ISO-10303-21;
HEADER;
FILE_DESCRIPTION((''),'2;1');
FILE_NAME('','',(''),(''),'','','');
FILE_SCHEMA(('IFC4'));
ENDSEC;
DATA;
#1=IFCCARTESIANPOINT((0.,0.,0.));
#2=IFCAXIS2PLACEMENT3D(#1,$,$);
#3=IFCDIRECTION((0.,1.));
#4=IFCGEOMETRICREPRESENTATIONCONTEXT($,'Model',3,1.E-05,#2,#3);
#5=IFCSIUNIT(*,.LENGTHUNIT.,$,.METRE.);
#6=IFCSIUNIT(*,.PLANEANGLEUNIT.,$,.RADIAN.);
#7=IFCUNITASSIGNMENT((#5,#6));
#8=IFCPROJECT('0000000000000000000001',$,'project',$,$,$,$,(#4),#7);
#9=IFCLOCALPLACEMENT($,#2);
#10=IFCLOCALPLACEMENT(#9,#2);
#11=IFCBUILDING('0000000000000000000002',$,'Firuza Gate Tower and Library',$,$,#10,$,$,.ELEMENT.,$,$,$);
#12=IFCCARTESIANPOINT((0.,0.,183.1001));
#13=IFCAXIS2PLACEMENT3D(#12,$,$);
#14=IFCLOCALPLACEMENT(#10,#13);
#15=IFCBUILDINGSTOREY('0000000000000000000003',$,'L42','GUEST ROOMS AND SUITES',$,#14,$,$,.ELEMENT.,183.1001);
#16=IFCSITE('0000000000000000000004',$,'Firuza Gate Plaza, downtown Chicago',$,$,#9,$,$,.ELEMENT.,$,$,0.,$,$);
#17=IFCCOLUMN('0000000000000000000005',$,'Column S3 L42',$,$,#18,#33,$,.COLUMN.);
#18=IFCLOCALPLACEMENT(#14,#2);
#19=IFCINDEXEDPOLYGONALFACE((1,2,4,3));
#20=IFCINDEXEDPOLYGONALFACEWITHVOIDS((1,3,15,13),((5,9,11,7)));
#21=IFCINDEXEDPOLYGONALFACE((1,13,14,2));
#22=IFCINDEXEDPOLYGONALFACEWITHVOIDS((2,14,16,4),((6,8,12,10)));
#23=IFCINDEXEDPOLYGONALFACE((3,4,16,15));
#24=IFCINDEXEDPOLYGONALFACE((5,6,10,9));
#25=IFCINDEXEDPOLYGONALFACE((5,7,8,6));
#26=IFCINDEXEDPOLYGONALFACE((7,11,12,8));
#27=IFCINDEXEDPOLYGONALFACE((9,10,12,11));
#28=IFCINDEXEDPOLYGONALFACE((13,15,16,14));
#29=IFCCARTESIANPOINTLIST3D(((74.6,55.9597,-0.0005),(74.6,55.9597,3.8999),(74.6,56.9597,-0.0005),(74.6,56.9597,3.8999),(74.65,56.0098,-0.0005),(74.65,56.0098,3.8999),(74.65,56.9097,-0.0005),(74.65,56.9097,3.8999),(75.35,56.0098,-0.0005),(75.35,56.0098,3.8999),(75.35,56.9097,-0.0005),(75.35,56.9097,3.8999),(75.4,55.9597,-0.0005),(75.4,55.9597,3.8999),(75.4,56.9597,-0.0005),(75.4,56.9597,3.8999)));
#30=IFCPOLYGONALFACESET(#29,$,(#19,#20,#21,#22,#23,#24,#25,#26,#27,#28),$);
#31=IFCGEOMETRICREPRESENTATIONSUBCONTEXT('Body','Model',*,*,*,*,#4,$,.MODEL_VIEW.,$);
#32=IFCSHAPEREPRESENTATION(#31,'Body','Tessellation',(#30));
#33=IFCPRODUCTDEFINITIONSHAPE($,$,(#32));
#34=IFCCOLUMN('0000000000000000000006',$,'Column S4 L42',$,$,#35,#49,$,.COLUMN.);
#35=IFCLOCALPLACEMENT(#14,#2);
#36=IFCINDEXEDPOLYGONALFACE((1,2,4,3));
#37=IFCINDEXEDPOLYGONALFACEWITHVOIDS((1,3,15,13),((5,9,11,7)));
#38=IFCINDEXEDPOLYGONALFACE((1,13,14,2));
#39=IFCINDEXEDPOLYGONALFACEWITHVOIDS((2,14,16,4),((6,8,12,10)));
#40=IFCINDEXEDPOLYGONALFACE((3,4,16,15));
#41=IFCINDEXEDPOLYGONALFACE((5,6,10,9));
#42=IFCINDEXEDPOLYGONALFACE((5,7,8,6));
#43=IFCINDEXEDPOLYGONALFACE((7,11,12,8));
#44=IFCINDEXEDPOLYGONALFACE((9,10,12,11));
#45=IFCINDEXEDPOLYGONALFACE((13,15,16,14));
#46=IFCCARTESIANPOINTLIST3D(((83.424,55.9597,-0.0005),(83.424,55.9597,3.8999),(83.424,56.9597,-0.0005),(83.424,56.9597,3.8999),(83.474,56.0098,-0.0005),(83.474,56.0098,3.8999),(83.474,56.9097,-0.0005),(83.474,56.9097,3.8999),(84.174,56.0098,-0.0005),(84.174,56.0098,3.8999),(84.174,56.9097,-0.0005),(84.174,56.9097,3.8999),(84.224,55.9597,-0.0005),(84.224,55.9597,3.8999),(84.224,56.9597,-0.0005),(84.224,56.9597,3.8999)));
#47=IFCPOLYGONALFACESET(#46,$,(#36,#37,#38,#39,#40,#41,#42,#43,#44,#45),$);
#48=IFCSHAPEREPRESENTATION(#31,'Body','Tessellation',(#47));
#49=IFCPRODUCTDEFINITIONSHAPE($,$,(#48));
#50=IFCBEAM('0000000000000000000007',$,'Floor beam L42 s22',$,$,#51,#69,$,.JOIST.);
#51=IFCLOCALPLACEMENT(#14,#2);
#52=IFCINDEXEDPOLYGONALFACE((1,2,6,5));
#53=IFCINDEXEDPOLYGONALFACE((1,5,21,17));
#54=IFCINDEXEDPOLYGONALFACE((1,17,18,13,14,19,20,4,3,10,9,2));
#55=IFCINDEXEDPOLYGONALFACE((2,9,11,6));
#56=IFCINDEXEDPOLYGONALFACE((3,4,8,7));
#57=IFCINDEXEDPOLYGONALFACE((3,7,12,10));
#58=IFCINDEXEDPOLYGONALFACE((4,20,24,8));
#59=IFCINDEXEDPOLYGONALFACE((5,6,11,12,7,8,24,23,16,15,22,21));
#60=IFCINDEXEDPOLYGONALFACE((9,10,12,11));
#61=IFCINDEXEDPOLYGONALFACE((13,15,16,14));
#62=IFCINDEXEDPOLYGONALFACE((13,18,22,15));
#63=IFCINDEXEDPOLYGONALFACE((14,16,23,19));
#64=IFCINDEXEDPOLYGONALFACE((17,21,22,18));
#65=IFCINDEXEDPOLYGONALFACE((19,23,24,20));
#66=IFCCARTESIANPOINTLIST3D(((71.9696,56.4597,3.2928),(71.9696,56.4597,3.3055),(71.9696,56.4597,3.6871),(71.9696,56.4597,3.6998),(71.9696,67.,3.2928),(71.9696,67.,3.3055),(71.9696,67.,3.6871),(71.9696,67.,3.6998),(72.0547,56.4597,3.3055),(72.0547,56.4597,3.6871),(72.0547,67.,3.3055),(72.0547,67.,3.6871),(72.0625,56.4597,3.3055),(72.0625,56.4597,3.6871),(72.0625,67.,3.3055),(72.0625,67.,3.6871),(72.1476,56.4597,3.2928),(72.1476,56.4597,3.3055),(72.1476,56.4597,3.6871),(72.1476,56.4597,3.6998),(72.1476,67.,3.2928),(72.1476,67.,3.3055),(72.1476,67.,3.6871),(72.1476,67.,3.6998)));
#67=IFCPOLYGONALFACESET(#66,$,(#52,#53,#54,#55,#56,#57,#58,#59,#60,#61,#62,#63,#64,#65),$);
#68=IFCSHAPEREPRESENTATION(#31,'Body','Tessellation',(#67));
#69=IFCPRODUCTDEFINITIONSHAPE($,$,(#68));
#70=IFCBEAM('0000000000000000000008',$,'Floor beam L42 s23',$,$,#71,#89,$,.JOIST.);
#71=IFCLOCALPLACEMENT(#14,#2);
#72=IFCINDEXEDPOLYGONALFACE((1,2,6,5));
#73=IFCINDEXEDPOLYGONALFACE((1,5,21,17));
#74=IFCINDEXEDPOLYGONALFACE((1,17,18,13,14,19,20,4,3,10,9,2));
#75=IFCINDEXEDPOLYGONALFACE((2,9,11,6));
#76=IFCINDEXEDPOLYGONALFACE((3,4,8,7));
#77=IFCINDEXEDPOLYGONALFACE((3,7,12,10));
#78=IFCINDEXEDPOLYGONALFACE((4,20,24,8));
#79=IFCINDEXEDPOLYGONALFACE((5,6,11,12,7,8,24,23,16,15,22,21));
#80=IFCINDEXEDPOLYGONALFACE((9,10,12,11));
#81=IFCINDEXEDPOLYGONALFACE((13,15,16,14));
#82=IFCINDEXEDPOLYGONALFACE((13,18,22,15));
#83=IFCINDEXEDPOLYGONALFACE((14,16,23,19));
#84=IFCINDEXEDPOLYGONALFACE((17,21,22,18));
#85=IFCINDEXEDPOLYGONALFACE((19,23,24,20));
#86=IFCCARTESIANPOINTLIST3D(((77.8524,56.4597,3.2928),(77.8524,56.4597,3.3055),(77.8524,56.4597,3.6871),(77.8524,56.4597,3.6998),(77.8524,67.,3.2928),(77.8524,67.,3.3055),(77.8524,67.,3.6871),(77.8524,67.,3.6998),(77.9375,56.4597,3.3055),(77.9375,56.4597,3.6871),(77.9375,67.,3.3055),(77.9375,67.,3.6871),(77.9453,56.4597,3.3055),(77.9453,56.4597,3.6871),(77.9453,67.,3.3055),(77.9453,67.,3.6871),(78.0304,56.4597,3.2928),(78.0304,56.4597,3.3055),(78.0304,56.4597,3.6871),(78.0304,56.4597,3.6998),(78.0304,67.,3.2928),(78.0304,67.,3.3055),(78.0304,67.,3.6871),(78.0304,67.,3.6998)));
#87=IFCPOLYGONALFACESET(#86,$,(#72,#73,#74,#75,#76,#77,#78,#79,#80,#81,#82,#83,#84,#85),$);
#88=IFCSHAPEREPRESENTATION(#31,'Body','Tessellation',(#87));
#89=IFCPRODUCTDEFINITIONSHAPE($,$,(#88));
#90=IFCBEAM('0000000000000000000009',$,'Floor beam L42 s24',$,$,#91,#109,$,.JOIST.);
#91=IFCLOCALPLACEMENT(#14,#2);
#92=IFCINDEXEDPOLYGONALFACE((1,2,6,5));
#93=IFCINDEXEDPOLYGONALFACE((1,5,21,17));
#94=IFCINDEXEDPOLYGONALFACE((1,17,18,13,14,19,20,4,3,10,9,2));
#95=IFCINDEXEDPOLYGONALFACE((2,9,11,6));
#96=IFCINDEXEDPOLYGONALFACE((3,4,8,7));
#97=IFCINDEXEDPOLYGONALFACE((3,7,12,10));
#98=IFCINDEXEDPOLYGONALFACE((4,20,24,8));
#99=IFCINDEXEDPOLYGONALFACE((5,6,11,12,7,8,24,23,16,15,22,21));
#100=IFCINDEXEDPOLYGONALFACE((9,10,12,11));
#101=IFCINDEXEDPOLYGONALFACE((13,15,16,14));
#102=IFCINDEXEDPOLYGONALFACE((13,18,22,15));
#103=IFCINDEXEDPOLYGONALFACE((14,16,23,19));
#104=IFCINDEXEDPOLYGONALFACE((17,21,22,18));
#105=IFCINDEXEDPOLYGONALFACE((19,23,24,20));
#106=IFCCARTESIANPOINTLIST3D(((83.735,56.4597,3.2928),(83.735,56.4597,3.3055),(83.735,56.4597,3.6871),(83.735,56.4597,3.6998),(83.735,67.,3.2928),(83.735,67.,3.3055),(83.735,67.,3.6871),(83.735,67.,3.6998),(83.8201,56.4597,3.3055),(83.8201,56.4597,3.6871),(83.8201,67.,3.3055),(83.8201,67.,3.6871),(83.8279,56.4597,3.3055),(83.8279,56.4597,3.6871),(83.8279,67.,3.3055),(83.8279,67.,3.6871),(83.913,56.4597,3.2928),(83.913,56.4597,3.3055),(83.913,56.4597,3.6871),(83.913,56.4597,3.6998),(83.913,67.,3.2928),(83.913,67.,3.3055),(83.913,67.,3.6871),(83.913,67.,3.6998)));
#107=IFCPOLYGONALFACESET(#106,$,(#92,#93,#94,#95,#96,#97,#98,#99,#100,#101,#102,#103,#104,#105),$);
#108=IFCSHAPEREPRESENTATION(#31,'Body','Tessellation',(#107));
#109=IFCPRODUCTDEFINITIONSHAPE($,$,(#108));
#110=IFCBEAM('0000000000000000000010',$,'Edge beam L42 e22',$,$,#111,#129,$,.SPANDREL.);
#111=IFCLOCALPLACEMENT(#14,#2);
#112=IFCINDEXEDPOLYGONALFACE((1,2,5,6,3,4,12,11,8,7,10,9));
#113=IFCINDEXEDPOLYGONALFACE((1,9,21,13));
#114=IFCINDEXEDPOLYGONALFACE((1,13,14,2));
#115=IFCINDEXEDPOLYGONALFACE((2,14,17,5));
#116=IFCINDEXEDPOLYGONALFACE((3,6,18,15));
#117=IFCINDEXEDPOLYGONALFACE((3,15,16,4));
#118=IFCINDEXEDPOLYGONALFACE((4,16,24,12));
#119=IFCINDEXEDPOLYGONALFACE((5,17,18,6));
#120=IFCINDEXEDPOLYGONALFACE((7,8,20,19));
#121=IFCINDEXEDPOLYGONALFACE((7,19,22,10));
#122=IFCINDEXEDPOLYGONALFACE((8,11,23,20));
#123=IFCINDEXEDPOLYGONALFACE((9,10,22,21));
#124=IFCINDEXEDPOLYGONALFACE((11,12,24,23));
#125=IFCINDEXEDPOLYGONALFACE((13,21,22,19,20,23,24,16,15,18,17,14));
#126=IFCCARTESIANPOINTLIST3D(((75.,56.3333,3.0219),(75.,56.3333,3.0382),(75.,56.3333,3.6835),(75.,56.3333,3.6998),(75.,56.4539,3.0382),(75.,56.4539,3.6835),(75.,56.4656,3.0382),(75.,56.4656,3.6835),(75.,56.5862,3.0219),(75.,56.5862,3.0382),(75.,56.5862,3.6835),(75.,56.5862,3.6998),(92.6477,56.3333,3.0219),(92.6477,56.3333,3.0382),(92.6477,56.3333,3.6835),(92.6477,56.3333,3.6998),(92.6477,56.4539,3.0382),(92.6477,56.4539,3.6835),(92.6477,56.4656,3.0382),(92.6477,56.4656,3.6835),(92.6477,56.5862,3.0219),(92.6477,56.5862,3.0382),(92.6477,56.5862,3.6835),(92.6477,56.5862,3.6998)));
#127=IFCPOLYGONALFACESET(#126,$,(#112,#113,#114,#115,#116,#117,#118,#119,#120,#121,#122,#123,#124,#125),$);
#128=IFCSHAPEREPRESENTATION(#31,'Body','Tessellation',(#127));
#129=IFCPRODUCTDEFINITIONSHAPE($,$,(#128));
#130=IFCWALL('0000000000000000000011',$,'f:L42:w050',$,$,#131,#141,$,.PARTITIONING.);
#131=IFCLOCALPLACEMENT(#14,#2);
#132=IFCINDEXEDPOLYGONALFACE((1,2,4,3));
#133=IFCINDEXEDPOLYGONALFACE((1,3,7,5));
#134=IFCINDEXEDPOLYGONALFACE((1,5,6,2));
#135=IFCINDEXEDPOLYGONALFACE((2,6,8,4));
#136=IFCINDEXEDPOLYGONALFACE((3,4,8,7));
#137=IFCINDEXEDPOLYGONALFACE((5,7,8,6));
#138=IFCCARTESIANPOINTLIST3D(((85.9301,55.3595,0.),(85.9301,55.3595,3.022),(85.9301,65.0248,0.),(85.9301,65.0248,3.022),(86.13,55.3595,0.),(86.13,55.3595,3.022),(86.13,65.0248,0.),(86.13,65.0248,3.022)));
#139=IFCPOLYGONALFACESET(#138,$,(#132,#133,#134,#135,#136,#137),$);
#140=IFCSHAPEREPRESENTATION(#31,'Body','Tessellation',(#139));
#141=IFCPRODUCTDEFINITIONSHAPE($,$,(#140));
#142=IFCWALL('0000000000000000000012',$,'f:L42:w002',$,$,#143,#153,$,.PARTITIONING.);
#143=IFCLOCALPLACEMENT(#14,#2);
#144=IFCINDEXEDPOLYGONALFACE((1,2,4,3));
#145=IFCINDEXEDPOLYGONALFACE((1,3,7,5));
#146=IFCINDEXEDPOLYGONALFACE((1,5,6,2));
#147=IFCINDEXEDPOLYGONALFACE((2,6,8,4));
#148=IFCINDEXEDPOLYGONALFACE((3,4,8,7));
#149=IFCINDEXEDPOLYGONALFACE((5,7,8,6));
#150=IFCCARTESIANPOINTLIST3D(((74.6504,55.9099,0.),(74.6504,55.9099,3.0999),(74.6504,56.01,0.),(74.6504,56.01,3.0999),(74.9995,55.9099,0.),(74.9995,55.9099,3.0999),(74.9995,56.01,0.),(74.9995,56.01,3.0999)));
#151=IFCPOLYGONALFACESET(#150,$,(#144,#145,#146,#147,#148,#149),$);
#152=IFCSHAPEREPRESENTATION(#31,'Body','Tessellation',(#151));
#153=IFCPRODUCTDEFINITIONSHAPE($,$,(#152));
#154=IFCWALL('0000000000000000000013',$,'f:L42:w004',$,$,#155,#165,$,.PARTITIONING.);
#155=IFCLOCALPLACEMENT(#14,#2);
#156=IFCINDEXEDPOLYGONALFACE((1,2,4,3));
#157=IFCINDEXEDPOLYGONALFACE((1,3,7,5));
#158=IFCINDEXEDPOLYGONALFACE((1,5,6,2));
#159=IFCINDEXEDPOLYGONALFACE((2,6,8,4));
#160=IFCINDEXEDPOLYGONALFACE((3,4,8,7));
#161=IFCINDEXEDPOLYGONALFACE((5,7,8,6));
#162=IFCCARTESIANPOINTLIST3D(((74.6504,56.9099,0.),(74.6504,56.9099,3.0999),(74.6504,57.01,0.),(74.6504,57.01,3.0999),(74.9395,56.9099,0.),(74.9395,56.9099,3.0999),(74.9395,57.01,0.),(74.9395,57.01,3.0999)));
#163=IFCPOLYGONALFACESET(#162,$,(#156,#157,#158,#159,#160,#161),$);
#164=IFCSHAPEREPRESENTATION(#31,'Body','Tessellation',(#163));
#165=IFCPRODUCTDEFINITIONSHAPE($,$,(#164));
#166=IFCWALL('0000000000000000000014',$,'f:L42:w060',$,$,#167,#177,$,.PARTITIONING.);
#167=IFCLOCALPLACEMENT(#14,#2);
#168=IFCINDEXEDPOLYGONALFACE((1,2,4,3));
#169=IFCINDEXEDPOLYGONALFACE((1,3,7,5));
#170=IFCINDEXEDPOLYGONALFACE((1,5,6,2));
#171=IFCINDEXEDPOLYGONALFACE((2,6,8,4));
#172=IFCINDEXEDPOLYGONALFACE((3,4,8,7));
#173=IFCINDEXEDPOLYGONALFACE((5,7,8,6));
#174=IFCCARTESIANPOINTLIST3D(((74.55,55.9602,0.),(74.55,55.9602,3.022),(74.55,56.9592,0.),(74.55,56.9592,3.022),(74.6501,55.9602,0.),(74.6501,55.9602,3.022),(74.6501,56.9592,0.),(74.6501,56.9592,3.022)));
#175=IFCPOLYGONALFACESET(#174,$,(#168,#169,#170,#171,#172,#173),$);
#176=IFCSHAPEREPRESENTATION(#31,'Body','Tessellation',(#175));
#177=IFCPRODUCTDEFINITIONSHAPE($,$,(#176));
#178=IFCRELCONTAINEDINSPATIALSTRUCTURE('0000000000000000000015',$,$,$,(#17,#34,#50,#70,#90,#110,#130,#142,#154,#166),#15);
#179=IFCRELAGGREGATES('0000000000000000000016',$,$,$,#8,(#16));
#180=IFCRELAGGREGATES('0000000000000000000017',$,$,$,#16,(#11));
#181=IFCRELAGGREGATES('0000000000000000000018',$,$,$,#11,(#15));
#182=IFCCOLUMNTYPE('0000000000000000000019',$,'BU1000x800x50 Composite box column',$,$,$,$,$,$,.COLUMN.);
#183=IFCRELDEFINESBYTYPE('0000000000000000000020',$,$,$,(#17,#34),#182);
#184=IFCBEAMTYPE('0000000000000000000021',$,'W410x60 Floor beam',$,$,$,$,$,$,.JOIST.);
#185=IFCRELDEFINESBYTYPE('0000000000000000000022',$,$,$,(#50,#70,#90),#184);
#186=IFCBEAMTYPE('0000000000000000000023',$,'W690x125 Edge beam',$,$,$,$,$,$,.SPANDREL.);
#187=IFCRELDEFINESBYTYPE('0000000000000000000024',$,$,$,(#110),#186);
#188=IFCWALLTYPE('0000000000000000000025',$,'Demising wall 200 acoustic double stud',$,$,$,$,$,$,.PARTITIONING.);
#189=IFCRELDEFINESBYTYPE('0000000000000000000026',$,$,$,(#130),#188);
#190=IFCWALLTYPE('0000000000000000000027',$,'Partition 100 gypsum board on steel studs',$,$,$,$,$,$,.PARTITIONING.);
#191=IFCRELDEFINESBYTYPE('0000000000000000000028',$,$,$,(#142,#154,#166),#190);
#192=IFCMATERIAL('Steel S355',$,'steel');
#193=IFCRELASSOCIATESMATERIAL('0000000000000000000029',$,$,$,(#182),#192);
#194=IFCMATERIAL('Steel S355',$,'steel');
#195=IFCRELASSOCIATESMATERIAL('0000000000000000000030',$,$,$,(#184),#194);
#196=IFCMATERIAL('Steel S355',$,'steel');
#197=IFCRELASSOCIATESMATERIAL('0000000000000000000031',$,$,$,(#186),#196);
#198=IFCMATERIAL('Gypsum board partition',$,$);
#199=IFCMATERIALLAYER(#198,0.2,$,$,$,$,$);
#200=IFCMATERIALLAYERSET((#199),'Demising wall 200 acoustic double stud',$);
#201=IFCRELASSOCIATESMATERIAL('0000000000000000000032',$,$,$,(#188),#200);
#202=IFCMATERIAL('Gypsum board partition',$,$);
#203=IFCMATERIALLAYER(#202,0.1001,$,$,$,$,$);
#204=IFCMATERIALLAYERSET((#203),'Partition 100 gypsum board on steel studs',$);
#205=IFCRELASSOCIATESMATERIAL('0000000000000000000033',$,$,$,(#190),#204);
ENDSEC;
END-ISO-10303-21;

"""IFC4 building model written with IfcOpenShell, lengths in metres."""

from ifc_helpers import new_model, si_unit, direction, frame, frame_2d, origin, origin_2d, place, context, subcontext, project, spatial, rectangle, hollow_rectangle, i_section, extrude, material, layer, layer_set, material_profile, profile_set, type_object, element, save


model = new_model("IFC4")

# Units and contexts
model_context = context("Model", 3, precision=1e-05, world=origin(), true_north=direction((0.0, 1.0)))
body_context = subcontext(model_context, "Body", "Model", "MODEL_VIEW")
ifc_project = project(units=[si_unit("LENGTHUNIT", "METRE"), si_unit("PLANEANGLEUNIT", "RADIAN")], contexts=[model_context])

# Site, building, storey
site_placement = place(None, origin())
site = spatial("IfcSite", under=ifc_project, at=site_placement, Name="Firuza Gate Plaza, downtown Chicago", CompositionType="ELEMENT", RefElevation=0.0)
building_placement = place(site_placement, origin())
building = spatial("IfcBuilding", under=site, at=building_placement, Name="Firuza Gate Tower and Library", CompositionType="ELEMENT")
storey_placement = place(building_placement, frame((0.0, 0.0, 183.1001)))
storey = spatial("IfcBuildingStorey", under=building, at=storey_placement, Name="L42", Description="GUEST ROOMS AND SUITES", CompositionType="ELEMENT", Elevation=183.1001)

# Columns
ifc_material_1 = material(Name="Steel S355", Category="steel")
ifc_material_profile_1 = material_profile(ifc_material_1, hollow_rectangle(XDim=0.8, YDim=1.0, WallThickness=0.05, at=origin_2d()))
ifc_profile_set_1 = profile_set([ifc_material_profile_1], Name="Steel S355")
column_type = type_object("IfcColumnType", Name="BU1000x800x50 Composite box column", PredefinedType="COLUMN", material=ifc_profile_set_1)
for number, where, z_axis, x_axis, name in (
    (1, (75.0, 56.4597, -0.0005), (0.0, 0.0, 1.0), (1.0, 0.0, 0.0), "Column S3 L42"),
    (2, (83.824, 56.4597, -0.0005), (0.0, 0.0, 1.0), (1.0, 0.0, 0.0), "Column S4 L42"),
):
    element("IfcColumn", number, at=place(storey_placement, frame(where, z_axis=z_axis, x_axis=x_axis)), inside=storey, type_object=column_type, Name=name, PredefinedType="COLUMN", context=body_context, shape_type="SweptSolid", body=[
        extrude(hollow_rectangle(XDim=0.8, YDim=1.0, WallThickness=0.05, at=origin_2d()), origin(), (0.0, 0.0, 1.0), 3.9004),
    ])

# Beams
ifc_material_2 = material(Name="Steel S355", Category="steel")
ifc_material_profile_2 = material_profile(ifc_material_2, i_section(OverallWidth=0.178, OverallDepth=0.407, WebThickness=0.0078, FlangeThickness=0.0127, at=origin_2d()))
ifc_profile_set_2 = profile_set([ifc_material_profile_2], Name="Steel S355")
beam_type_1 = type_object("IfcBeamType", Name="W410x60 Floor beam", PredefinedType="JOIST", material=ifc_profile_set_2)
for number, where, z_axis, x_axis, name in (
    (3, (72.0586, 56.4597, 3.4963), (0.0, 1.0, 0.0), (-1.0, 0.0, 0.0), "Floor beam L42 s22"),
    (4, (77.9414, 56.4597, 3.4963), (0.0, 1.0, 0.0), (-1.0, 0.0, 0.0), "Floor beam L42 s23"),
    (5, (83.824, 56.4597, 3.4963), (0.0, 1.0, 0.0), (-1.0, 0.0, 0.0), "Floor beam L42 s24"),
):
    element("IfcBeam", number, at=place(storey_placement, frame(where, z_axis=z_axis, x_axis=x_axis)), inside=storey, type_object=beam_type_1, Name=name, PredefinedType="JOIST", context=body_context, shape_type="SweptSolid", body=[
        extrude(i_section(OverallWidth=0.178, OverallDepth=0.407, WebThickness=0.0078, FlangeThickness=0.0127, at=origin_2d()), origin(), (0.0, 0.0, 1.0), 10.5403),
    ])
ifc_material_3 = material(Name="Steel S355", Category="steel")
ifc_material_profile_3 = material_profile(ifc_material_3, i_section(OverallWidth=0.2529, OverallDepth=0.678, WebThickness=0.0117, FlangeThickness=0.0164, at=origin_2d()))
ifc_profile_set_3 = profile_set([ifc_material_profile_3], Name="Steel S355")
beam_type_2 = type_object("IfcBeamType", Name="W690x125 Edge beam", PredefinedType="SPANDREL", material=ifc_profile_set_3)
beam_placement = place(storey_placement, frame((75.0, 56.4597, 3.3608), z_axis=(1.0, 0.0, 0.0), x_axis=(0.0, 1.0, 0.0)))
element("IfcBeam", 6, at=beam_placement, inside=storey, type_object=beam_type_2, Name="Edge beam L42 e22", PredefinedType="SPANDREL", context=body_context, shape_type="SweptSolid", body=[
    extrude(i_section(OverallWidth=0.2529, OverallDepth=0.678, WebThickness=0.0117, FlangeThickness=0.0164, at=origin_2d()), origin(), (0.0, 0.0, 1.0), 17.6477),
])

# Walls
ifc_material_4 = material(Name="Gypsum board partition")
ifc_layer_1 = layer(ifc_material_4, 0.2)
ifc_layer_set_1 = layer_set([ifc_layer_1], Name="Demising wall 200 acoustic double stud")
wall_type_1 = type_object("IfcWallType", Name="Demising wall 200 acoustic double stud", PredefinedType="PARTITIONING", material=ifc_layer_set_1)
wall_1_placement = place(storey_placement, frame((86.03, 55.3596, 0.0), z_axis=(0.0, 0.0, 1.0), x_axis=(0.0, 1.0, 0.0)))
element("IfcWall", 7, at=wall_1_placement, inside=storey, type_object=wall_type_1, Name="f:L42:w050", PredefinedType="PARTITIONING", context=body_context, shape_type="SweptSolid", body=[
    extrude(rectangle(XDim=9.6653, YDim=0.2, at=frame_2d((4.8325, 0.0))), origin(), (0.0, 0.0, 1.0), 3.022),
])
ifc_material_5 = material(Name="Gypsum board partition")
ifc_layer_2 = layer(ifc_material_5, 0.1001)
ifc_layer_set_2 = layer_set([ifc_layer_2], Name="Partition 100 gypsum board on steel studs")
wall_type_2 = type_object("IfcWallType", Name="Partition 100 gypsum board on steel studs", PredefinedType="PARTITIONING", material=ifc_layer_set_2)
wall_2_placement = place(storey_placement, frame((74.6504, 55.96, 0.0), z_axis=(0.0, 0.0, 1.0), x_axis=(1.0, 0.0, 0.0)))
element("IfcWall", 8, at=wall_2_placement, inside=storey, type_object=wall_type_2, Name="f:L42:w002", PredefinedType="PARTITIONING", context=body_context, shape_type="SweptSolid", body=[
    extrude(rectangle(XDim=0.3491, YDim=0.1001, at=frame_2d((0.1746, 0.0))), origin(), (0.0, 0.0, 1.0), 3.0999),
])
wall_3_placement = place(storey_placement, frame((74.6504, 56.96, 0.0), z_axis=(0.0, 0.0, 1.0), x_axis=(1.0, 0.0, 0.0)))
element("IfcWall", 9, at=wall_3_placement, inside=storey, type_object=wall_type_2, Name="f:L42:w004", PredefinedType="PARTITIONING", context=body_context, shape_type="SweptSolid", body=[
    extrude(rectangle(XDim=0.2891, YDim=0.1001, at=frame_2d((0.1445, 0.0))), origin(), (0.0, 0.0, 1.0), 3.0999),
])
wall_4_placement = place(storey_placement, frame((74.6001, 55.9602, 0.0), z_axis=(0.0, 0.0, 1.0), x_axis=(0.0, 1.0, 0.0)))
element("IfcWall", 10, at=wall_4_placement, inside=storey, type_object=wall_type_2, Name="f:L42:w060", PredefinedType="PARTITIONING", context=body_context, shape_type="SweptSolid", body=[
    extrude(rectangle(XDim=0.999, YDim=0.1001, at=frame_2d((0.4995, 0.0))), origin(), (0.0, 0.0, 1.0), 3.022),
])

save(model, "model.ifc")
